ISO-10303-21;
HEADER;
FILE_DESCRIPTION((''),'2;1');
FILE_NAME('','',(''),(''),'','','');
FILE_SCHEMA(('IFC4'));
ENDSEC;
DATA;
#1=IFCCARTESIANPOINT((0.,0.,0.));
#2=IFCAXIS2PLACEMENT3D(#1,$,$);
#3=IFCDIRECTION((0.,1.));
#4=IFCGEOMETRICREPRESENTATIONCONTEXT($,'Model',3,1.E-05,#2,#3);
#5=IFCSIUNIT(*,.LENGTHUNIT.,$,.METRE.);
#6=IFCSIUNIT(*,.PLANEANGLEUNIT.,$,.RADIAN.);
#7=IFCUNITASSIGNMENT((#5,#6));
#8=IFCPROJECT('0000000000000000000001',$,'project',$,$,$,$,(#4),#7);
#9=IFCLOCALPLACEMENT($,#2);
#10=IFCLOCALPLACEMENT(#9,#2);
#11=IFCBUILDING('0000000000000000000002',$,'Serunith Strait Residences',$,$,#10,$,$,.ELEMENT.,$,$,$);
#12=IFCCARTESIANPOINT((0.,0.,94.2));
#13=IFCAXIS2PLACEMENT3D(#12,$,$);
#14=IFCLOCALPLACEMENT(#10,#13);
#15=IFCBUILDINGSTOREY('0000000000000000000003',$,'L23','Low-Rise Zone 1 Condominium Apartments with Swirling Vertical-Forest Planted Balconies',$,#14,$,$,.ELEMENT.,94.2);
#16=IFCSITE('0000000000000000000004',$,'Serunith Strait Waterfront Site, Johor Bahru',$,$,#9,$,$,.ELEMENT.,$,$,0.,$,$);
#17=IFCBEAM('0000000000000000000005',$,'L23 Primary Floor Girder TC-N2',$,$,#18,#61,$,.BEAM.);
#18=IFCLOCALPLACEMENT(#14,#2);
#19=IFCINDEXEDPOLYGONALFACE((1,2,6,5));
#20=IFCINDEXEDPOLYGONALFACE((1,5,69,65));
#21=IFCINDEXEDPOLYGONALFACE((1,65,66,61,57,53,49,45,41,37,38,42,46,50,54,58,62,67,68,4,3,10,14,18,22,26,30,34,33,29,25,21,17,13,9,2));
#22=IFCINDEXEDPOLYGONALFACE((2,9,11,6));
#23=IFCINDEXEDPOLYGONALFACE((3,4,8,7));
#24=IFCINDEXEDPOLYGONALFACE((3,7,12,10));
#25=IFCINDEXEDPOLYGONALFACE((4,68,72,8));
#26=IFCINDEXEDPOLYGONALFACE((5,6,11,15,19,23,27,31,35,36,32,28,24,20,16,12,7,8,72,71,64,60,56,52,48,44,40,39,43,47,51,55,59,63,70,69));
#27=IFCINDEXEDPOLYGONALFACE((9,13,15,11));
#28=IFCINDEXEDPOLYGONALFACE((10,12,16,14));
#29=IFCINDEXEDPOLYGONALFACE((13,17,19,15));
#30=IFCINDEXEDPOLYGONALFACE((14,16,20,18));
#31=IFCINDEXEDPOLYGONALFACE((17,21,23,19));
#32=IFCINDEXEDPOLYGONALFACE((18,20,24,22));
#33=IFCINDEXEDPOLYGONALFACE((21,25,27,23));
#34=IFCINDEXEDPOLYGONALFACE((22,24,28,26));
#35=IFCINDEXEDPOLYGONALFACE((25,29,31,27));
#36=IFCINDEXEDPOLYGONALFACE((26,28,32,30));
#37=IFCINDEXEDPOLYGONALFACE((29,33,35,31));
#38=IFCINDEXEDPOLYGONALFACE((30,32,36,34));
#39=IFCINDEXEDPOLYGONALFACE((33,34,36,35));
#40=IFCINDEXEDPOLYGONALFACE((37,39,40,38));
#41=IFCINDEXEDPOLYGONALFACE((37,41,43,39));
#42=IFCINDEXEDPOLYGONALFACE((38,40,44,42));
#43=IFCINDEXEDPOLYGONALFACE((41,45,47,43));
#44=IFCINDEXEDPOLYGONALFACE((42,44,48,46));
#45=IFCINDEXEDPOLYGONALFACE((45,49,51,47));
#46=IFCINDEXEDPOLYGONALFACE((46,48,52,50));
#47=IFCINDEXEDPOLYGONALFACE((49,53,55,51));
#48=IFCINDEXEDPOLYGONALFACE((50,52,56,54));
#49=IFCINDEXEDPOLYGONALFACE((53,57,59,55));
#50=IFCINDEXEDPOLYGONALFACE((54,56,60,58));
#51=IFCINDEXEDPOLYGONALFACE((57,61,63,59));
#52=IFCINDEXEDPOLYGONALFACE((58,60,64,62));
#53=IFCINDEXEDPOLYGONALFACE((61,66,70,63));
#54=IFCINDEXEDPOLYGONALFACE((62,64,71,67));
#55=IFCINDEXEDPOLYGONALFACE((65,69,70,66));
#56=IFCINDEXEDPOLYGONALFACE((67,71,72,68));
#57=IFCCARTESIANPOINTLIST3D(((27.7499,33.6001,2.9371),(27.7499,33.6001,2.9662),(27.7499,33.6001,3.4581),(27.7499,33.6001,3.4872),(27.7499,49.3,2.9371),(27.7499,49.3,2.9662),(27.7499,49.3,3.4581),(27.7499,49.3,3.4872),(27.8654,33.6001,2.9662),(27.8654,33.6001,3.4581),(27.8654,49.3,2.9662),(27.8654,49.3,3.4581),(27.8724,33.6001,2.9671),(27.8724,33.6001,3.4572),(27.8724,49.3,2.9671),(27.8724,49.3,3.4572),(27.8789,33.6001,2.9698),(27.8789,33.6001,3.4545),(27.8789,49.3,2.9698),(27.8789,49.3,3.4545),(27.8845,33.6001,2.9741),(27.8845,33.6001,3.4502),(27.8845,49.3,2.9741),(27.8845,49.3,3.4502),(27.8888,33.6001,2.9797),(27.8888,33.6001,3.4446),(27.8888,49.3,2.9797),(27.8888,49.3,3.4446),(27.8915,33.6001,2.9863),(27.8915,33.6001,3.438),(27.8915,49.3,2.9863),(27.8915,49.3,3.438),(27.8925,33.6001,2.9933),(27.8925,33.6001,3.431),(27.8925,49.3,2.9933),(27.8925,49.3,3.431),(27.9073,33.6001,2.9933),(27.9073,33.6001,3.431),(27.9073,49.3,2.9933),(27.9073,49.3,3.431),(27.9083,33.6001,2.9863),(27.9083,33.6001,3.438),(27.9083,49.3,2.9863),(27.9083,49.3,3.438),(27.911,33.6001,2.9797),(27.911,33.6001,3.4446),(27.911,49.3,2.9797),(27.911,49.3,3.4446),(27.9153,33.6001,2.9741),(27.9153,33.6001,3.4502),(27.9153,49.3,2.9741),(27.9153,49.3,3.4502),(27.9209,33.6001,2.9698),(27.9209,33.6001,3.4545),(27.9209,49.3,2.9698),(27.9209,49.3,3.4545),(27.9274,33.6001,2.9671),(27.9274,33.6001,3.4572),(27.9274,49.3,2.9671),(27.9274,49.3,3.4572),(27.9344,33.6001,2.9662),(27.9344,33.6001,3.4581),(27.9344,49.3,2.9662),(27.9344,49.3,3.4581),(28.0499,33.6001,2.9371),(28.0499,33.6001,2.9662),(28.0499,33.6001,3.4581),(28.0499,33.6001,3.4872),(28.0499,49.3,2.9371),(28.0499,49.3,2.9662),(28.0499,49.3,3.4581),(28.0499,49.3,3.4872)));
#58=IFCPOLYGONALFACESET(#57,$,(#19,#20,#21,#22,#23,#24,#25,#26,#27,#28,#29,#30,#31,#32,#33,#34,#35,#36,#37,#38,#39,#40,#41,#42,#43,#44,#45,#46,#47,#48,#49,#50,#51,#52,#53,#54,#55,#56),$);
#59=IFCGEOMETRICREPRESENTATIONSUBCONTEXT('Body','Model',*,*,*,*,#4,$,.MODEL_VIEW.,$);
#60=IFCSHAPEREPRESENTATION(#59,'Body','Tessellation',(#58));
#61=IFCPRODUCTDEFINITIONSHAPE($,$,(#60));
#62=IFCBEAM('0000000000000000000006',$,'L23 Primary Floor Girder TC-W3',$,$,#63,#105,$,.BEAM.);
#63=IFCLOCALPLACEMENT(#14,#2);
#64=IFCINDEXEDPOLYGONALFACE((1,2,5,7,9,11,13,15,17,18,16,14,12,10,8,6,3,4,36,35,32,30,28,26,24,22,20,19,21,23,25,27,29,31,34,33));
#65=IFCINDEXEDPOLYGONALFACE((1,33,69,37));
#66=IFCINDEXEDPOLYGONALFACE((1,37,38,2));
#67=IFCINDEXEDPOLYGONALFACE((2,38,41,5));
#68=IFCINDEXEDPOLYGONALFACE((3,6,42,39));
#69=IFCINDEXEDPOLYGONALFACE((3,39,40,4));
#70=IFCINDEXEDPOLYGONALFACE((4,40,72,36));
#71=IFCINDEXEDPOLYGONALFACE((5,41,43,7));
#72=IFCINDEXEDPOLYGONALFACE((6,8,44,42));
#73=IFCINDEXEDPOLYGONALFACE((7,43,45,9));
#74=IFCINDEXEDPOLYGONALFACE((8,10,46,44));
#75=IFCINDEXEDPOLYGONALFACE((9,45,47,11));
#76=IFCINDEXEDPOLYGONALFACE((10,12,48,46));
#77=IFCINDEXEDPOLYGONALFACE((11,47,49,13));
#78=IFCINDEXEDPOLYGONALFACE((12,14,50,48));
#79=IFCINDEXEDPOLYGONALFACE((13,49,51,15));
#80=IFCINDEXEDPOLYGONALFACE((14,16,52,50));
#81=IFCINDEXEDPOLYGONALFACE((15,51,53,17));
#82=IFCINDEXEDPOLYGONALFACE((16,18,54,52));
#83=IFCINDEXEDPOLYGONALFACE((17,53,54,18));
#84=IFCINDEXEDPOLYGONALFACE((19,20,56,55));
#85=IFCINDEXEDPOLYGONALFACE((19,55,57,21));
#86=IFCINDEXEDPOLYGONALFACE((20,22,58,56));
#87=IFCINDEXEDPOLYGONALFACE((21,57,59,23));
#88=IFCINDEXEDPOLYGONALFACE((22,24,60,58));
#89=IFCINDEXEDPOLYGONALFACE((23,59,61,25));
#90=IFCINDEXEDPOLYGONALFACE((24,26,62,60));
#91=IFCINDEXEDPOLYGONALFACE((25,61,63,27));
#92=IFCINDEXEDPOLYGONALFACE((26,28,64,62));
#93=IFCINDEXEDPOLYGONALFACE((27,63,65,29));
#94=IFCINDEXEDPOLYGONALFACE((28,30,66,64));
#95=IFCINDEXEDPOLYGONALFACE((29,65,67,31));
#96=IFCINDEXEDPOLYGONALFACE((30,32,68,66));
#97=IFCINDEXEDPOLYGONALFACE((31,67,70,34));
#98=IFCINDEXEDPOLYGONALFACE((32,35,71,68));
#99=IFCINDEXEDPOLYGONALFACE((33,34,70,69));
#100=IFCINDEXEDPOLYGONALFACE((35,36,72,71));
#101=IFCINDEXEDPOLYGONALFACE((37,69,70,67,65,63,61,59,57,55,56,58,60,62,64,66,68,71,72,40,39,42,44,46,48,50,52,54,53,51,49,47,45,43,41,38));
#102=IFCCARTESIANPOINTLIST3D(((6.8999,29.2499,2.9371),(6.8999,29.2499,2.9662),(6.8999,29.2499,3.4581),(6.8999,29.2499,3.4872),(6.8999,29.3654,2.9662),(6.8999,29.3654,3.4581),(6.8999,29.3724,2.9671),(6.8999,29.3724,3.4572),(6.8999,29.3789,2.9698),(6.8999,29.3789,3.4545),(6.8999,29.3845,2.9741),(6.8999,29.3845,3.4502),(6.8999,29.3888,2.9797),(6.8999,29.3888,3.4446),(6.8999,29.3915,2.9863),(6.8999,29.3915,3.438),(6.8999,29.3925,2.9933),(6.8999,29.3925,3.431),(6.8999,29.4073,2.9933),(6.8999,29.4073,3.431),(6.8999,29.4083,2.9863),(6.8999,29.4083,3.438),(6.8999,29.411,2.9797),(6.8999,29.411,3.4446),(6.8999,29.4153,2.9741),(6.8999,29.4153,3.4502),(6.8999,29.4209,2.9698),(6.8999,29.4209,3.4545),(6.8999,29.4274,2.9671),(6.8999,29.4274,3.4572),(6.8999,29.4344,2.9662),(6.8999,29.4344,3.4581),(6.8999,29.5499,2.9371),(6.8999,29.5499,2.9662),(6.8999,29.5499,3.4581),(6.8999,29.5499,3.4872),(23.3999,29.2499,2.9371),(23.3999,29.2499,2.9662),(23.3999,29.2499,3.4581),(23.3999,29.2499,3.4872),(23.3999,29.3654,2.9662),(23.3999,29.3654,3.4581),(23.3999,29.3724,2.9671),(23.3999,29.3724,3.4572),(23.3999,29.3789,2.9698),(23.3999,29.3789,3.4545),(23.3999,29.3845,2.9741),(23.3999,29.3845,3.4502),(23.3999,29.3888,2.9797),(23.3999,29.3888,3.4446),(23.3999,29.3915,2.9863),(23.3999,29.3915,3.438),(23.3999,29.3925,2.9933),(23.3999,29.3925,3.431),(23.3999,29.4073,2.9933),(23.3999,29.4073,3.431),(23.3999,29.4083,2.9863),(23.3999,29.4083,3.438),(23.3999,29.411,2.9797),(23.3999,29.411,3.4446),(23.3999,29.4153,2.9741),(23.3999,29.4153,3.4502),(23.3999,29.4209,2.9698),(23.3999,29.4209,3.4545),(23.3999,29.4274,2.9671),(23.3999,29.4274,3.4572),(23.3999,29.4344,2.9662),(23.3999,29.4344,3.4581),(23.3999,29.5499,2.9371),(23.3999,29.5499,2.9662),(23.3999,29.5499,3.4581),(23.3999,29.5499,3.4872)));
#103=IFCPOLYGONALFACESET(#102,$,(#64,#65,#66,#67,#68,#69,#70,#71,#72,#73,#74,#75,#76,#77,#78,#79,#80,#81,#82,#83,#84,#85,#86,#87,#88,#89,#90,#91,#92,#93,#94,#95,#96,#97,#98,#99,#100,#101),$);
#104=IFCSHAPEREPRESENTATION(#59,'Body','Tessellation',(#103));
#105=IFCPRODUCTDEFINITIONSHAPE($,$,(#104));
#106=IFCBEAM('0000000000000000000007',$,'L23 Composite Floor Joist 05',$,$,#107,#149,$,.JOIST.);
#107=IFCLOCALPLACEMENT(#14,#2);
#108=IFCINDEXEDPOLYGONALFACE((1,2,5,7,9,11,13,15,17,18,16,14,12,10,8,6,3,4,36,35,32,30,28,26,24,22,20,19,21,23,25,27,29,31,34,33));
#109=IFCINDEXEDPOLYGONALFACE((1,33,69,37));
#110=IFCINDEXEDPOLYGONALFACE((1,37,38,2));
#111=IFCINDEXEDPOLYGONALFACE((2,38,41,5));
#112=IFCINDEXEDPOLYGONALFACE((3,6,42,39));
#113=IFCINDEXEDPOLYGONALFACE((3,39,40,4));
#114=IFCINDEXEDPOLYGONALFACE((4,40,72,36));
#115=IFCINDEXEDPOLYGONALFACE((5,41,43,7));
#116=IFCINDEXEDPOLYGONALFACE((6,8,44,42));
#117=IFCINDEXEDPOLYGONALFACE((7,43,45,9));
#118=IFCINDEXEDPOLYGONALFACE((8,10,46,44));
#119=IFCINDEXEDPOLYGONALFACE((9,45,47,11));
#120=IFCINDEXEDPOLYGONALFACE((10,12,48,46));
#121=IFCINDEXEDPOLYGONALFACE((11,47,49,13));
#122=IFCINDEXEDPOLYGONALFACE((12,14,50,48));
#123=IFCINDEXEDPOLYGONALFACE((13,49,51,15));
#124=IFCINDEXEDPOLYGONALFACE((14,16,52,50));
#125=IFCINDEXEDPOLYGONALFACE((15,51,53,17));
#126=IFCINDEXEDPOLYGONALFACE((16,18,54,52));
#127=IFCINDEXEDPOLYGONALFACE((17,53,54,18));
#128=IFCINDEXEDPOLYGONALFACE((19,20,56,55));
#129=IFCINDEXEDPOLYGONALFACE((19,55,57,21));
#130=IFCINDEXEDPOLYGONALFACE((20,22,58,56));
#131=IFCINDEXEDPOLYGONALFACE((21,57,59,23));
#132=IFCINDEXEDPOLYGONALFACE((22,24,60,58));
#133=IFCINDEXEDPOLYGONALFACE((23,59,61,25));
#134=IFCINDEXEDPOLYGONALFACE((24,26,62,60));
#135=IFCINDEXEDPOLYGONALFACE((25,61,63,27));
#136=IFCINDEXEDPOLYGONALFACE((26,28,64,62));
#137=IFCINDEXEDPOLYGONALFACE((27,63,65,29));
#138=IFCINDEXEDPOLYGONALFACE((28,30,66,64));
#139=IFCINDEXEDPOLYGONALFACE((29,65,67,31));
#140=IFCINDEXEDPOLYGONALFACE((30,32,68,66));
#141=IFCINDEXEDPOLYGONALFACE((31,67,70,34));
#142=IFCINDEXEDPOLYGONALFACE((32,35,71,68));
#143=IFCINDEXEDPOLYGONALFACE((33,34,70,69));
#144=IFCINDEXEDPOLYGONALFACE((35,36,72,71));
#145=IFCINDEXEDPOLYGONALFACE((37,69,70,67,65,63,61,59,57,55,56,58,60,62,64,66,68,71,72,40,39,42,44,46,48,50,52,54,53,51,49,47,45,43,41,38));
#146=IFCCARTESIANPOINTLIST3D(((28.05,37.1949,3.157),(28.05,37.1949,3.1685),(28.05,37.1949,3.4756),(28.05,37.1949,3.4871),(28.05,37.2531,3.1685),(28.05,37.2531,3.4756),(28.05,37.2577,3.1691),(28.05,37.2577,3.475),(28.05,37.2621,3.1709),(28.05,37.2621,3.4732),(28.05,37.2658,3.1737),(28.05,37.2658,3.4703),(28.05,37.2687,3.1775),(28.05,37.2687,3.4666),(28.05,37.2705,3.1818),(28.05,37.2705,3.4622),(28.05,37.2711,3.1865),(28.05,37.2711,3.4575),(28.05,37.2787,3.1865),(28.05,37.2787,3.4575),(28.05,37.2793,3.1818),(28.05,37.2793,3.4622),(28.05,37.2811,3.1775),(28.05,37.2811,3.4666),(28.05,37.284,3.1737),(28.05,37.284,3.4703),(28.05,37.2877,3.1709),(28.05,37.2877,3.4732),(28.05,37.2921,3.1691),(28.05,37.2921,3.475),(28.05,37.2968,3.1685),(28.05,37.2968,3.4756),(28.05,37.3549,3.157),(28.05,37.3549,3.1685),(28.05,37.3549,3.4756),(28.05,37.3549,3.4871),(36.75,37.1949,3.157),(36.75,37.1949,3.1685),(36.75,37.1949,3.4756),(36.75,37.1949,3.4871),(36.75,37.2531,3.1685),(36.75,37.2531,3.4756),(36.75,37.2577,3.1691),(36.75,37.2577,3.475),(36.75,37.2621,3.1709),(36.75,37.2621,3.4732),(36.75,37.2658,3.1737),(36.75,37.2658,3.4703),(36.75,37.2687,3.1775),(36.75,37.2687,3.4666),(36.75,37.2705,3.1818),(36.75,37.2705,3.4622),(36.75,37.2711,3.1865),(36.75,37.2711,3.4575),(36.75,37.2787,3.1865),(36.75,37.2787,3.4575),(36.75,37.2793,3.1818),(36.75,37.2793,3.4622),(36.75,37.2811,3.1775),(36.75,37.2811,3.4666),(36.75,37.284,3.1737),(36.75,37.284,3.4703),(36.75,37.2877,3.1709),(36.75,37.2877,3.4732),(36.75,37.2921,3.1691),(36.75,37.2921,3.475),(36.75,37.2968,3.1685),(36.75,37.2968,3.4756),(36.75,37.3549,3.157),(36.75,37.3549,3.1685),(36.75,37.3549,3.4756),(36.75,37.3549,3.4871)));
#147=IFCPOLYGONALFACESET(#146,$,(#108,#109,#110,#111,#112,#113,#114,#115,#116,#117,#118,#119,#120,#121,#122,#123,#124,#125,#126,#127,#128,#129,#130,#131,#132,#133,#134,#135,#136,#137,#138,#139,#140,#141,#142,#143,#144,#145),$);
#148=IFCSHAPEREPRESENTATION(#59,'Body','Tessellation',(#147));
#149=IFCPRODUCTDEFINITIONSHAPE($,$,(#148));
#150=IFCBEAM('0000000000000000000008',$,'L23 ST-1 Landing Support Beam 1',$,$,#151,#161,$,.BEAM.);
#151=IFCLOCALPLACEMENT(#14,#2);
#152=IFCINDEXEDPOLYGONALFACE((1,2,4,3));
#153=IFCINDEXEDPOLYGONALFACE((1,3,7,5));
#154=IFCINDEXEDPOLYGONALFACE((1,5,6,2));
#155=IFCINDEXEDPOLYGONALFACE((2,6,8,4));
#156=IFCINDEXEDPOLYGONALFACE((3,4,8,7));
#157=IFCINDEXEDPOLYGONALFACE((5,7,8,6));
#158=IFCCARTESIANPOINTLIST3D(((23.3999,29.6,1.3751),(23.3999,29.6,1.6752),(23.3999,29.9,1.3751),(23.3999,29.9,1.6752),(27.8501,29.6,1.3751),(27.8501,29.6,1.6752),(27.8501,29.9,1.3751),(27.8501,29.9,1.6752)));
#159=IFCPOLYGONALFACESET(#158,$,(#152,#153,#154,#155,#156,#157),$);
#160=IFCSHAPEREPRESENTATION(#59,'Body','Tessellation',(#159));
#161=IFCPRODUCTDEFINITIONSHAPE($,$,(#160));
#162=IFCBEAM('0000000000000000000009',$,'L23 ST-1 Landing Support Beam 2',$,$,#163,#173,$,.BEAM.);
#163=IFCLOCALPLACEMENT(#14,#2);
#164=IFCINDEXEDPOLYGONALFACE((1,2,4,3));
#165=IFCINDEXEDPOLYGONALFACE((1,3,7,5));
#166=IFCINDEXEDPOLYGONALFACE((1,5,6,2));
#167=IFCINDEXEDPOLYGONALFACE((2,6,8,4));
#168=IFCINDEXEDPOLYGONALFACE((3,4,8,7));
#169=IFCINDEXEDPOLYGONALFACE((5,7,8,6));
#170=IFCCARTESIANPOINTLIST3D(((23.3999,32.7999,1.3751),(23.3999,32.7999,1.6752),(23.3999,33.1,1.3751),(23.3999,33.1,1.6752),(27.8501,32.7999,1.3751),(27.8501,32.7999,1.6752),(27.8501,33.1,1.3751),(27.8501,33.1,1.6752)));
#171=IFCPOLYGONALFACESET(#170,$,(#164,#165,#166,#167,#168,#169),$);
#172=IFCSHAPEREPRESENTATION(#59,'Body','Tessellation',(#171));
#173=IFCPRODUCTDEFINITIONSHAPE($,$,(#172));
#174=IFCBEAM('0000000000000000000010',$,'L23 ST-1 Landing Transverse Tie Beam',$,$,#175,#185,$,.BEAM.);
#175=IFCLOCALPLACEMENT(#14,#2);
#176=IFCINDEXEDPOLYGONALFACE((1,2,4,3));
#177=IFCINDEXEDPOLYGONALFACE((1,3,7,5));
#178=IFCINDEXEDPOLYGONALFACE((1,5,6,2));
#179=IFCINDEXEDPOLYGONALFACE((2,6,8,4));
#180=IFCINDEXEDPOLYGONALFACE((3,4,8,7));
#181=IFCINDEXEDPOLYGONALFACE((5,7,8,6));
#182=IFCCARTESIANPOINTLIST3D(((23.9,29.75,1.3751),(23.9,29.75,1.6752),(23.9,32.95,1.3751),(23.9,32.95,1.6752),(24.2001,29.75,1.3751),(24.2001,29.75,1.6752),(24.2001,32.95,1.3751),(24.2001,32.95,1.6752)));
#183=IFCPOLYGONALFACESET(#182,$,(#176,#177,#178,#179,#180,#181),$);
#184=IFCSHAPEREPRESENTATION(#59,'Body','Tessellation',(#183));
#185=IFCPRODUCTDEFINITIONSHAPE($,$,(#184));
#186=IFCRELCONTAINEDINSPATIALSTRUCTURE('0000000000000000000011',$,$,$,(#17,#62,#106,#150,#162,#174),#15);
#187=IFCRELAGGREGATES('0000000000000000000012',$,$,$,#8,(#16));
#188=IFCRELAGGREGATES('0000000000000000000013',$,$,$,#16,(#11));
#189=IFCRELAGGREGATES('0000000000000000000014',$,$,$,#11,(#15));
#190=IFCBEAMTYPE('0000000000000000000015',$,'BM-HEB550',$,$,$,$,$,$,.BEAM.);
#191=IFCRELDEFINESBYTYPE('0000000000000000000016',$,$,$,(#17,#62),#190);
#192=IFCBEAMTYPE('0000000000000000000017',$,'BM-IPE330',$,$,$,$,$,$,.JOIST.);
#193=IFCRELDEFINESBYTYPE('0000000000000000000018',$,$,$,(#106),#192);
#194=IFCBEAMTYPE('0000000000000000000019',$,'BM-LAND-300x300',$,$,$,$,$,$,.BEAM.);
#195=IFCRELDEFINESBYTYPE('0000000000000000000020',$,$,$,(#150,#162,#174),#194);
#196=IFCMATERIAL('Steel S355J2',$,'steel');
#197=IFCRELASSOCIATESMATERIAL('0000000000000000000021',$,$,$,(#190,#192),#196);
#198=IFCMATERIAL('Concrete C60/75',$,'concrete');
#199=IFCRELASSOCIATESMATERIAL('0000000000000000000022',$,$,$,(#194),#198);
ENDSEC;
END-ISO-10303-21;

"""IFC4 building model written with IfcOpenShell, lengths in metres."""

from ifc_helpers import new_model, si_unit, direction, frame, origin, origin_2d, place, context, subcontext, project, spatial, rectangle, i_section, extrude, source, transform, mapped, material, material_profile, profile_set, type_object, element, save


model = new_model("IFC4")

# Units and contexts
model_context = context("Model", 3, precision=1e-05, world=origin(), true_north=direction((0.0, 1.0)))
body_context = subcontext(model_context, "Body", "Model", "MODEL_VIEW")
ifc_project = project(units=[si_unit("LENGTHUNIT", "METRE"), si_unit("PLANEANGLEUNIT", "RADIAN")], contexts=[model_context])

# Site, building, storey
site_placement = place(None, origin())
site = spatial("IfcSite", under=ifc_project, at=site_placement, Name="Serunith Strait Waterfront Site, Johor Bahru", CompositionType="ELEMENT", RefElevation=0.0)
building_placement = place(site_placement, origin())
building = spatial("IfcBuilding", under=site, at=building_placement, Name="Serunith Strait Residences", CompositionType="ELEMENT")
storey_placement = place(building_placement, frame((0.0, 0.0, 94.2)))
storey = spatial("IfcBuildingStorey", under=building, at=storey_placement, Name="L23", Description="Low-Rise Zone 1 Condominium Apartments with Swirling Vertical-Forest Planted Balconies", CompositionType="ELEMENT", Elevation=94.2)

# Beams
ifc_material_1 = material(Name="Steel S355J2", Category="steel")
ifc_material_profile_1 = material_profile(ifc_material_1, i_section(OverallWidth=0.3, OverallDepth=0.55, WebThickness=0.0149, FlangeThickness=0.0291, FilletRadius=0.0271, at=origin_2d()), Name="HEB 550")
ifc_profile_set_1 = profile_set([ifc_material_profile_1], Name="Steel S355J2")
beam_type_1 = type_object("IfcBeamType", Name="BM-HEB550", PredefinedType="BEAM", material=ifc_profile_set_1)
shared_shape_1 = source(origin(), body_context, "Body", "SweptSolid", [
    extrude(i_section(OverallWidth=0.3, OverallDepth=0.55, WebThickness=0.0149, FlangeThickness=0.0291, FilletRadius=0.0271, at=origin_2d()), origin(), (0.0, 0.0, 1.0), 15.7),
])
beam_1_placement = place(storey_placement, frame((27.8999, 33.6001, 3.2122), z_axis=(0.0, 1.0, 0.0), x_axis=(-1.0, 0.0, 0.0)))
element("IfcBeam", 1, at=beam_1_placement, inside=storey, type_object=beam_type_1, Name="L23 Primary Floor Girder TC-N2", PredefinedType="BEAM", context=body_context, shape_type="MappedRepresentation", body=[
    mapped(shared_shape_1, transform((0.0, 0.0, 0.0), scale=1.0)),
])
shared_shape_2 = source(origin(), body_context, "Body", "SweptSolid", [
    extrude(i_section(OverallWidth=0.3, OverallDepth=0.55, WebThickness=0.0149, FlangeThickness=0.0291, FilletRadius=0.0271, at=origin_2d()), origin(), (0.0, 0.0, 1.0), 16.5),
])
beam_2_placement = place(storey_placement, frame((23.3999, 29.3999, 3.2122), z_axis=(-1.0, 0.0, 0.0), x_axis=(0.0, -1.0, 0.0)))
element("IfcBeam", 2, at=beam_2_placement, inside=storey, type_object=beam_type_1, Name="L23 Primary Floor Girder TC-W3", PredefinedType="BEAM", context=body_context, shape_type="MappedRepresentation", body=[
    mapped(shared_shape_2, transform((0.0, 0.0, 0.0), scale=1.0)),
])
ifc_material_profile_2 = material_profile(ifc_material_1, i_section(OverallWidth=0.1599, OverallDepth=0.3301, WebThickness=0.0076, FlangeThickness=0.0115, FilletRadius=0.0181, at=origin_2d()), Name="IPE 330")
ifc_profile_set_2 = profile_set([ifc_material_profile_2], Name="Steel S355J2")
beam_type_2 = type_object("IfcBeamType", Name="BM-IPE330", PredefinedType="JOIST", material=ifc_profile_set_2)
shared_shape_3 = source(origin(), body_context, "Body", "SweptSolid", [
    extrude(i_section(OverallWidth=0.1599, OverallDepth=0.3301, WebThickness=0.0076, FlangeThickness=0.0115, FilletRadius=0.0181, at=origin_2d()), origin(), (0.0, 0.0, 1.0), 8.7),
])
beam_3_placement = place(storey_placement, frame((28.05, 37.2749, 3.322), z_axis=(1.0, 0.0, 0.0), x_axis=(0.0, 1.0, 0.0)))
element("IfcBeam", 3, at=beam_3_placement, inside=storey, type_object=beam_type_2, Name="L23 Composite Floor Joist 05", PredefinedType="JOIST", context=body_context, shape_type="MappedRepresentation", body=[
    mapped(shared_shape_3, transform((0.0, 0.0, 0.0), scale=1.0)),
])
ifc_material_2 = material(Name="Concrete C60/75", Category="concrete")
ifc_material_profile_3 = material_profile(ifc_material_2, rectangle(XDim=0.3, YDim=0.3, at=origin_2d()), Name="RC 300x300")
ifc_profile_set_3 = profile_set([ifc_material_profile_3], Name="Concrete C60/75")
beam_type_3 = type_object("IfcBeamType", Name="BM-LAND-300x300", PredefinedType="BEAM", material=ifc_profile_set_3)
shared_shape_4 = source(origin(), body_context, "Body", "SweptSolid", [
    extrude(rectangle(XDim=0.3, YDim=0.3, at=origin_2d()), origin(), (0.0, 0.0, 1.0), 4.4502),
])
for number, where, z_axis, x_axis, name in (
    (4, (23.3999, 29.75, 1.5251), (1.0, 0.0, 0.0), (0.0, 1.0, 0.0), "L23 ST-1 Landing Support Beam 1"),
    (5, (23.3999, 32.95, 1.5251), (1.0, 0.0, 0.0), (0.0, 1.0, 0.0), "L23 ST-1 Landing Support Beam 2"),
):
    element("IfcBeam", number, at=place(storey_placement, frame(where, z_axis=z_axis, x_axis=x_axis)), inside=storey, type_object=beam_type_3, Name=name, PredefinedType="BEAM", context=body_context, shape_type="MappedRepresentation", body=[
        mapped(shared_shape_4, transform((0.0, 0.0, 0.0), scale=1.0)),
    ])
shared_shape_5 = source(origin(), body_context, "Body", "SweptSolid", [
    extrude(rectangle(XDim=0.3, YDim=0.3, at=origin_2d()), origin(), (0.0, 0.0, 1.0), 3.2),
])
beam_4_placement = place(storey_placement, frame((24.05, 29.75, 1.5251), z_axis=(0.0, 1.0, 0.0), x_axis=(-1.0, 0.0, 0.0)))
element("IfcBeam", 6, at=beam_4_placement, inside=storey, type_object=beam_type_3, Name="L23 ST-1 Landing Transverse Tie Beam", PredefinedType="BEAM", context=body_context, shape_type="MappedRepresentation", body=[
    mapped(shared_shape_5, transform((0.0, 0.0, 0.0), scale=1.0)),
])

save(model, "model.ifc")
